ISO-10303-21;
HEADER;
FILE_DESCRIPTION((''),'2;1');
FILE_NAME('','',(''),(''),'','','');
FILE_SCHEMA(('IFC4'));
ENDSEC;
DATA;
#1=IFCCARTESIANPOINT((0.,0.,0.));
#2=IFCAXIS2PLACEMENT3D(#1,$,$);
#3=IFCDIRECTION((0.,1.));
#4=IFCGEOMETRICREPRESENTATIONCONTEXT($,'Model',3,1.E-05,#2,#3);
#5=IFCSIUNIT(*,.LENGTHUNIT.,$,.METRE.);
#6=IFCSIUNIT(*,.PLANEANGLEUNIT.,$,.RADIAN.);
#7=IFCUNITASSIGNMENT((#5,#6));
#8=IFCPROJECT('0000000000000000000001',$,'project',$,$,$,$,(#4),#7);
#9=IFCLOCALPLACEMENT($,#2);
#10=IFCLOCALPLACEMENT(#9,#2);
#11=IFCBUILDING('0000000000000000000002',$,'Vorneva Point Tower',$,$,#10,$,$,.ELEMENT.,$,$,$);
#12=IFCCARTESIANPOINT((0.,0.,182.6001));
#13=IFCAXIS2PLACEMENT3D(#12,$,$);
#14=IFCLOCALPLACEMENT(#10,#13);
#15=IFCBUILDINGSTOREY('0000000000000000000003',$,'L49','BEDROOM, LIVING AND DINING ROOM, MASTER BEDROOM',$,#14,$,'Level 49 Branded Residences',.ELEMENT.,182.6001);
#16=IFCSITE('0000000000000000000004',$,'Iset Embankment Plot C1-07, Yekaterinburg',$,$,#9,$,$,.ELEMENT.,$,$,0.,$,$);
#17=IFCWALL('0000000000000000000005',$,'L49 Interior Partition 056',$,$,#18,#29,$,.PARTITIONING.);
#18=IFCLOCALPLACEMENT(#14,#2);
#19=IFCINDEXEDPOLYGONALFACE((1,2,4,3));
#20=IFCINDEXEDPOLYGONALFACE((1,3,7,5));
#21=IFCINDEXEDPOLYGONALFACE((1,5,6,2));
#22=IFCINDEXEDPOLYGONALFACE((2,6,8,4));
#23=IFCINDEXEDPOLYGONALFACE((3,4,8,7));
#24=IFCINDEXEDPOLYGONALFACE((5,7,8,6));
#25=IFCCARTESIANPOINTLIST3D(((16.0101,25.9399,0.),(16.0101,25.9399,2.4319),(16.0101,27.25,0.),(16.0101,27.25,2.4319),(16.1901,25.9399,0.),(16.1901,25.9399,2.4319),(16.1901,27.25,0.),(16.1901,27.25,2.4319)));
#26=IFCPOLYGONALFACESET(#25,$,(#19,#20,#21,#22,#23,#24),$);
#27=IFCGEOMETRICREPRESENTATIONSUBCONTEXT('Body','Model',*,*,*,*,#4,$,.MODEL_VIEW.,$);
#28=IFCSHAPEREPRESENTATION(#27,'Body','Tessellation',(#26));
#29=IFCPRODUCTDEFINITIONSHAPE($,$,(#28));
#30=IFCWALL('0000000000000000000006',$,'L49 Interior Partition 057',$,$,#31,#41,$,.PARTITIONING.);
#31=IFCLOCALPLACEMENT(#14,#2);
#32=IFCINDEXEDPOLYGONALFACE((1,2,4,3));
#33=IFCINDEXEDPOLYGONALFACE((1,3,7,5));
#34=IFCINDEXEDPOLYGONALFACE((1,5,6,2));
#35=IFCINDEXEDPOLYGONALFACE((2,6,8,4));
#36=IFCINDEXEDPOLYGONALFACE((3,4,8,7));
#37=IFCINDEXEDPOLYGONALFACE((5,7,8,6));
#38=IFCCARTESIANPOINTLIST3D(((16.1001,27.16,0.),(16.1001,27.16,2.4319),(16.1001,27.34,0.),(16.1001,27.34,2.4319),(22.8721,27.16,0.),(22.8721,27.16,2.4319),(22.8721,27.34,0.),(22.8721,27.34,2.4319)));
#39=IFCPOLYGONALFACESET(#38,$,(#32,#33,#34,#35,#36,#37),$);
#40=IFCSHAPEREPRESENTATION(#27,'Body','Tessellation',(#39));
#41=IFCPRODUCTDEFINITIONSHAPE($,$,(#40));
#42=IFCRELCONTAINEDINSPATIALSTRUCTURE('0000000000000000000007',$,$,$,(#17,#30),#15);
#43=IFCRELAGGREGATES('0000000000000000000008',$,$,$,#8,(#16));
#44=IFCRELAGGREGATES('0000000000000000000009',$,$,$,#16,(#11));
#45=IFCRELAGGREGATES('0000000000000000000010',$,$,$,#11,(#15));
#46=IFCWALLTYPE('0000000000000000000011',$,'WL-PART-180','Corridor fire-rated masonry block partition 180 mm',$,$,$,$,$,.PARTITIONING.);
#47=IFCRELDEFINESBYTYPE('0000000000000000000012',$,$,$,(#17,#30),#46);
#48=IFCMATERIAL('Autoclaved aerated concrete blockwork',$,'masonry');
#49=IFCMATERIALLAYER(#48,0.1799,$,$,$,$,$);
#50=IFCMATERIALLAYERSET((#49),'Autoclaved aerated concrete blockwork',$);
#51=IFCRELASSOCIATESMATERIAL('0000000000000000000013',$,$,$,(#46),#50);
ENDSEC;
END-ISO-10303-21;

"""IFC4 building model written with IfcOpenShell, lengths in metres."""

from ifc_helpers import new_model, si_unit, direction, frame, frame_2d, origin, place, context, subcontext, project, spatial, rectangle, extrude, material, layer, layer_set, type_object, element, save


model = new_model("IFC4")

# Units and contexts
model_context = context("Model", 3, precision=1e-05, world=origin(), true_north=direction((0.0, 1.0)))
body_context = subcontext(model_context, "Body", "Model", "MODEL_VIEW")
ifc_project = project(units=[si_unit("LENGTHUNIT", "METRE"), si_unit("PLANEANGLEUNIT", "RADIAN")], contexts=[model_context])

# Site, building, storey
site_placement = place(None, origin())
site = spatial("IfcSite", under=ifc_project, at=site_placement, Name="Iset Embankment Plot C1-07, Yekaterinburg", CompositionType="ELEMENT", RefElevation=0.0)
building_placement = place(site_placement, origin())
building = spatial("IfcBuilding", under=site, at=building_placement, Name="Vorneva Point Tower", CompositionType="ELEMENT")
storey_placement = place(building_placement, frame((0.0, 0.0, 182.6001)))
storey = spatial("IfcBuildingStorey", under=building, at=storey_placement, Name="L49", Description="BEDROOM, LIVING AND DINING ROOM, MASTER BEDROOM", LongName="Level 49 Branded Residences", CompositionType="ELEMENT", Elevation=182.6001)

# Shared definitions
ifc_material_1 = material(Name="Autoclaved aerated concrete blockwork", Category="masonry")
ifc_layer_1 = layer(ifc_material_1, 0.1799)
ifc_layer_set_1 = layer_set([ifc_layer_1], Name="Autoclaved aerated concrete blockwork")
wall_type_1 = type_object("IfcWallType", Name="WL-PART-180", Description="Corridor fire-rated masonry block partition 180 mm", PredefinedType="PARTITIONING", material=ifc_layer_set_1)

# Walls
wall_1_placement = place(storey_placement, frame((16.1001, 27.25, 0.0), z_axis=(0.0, 0.0, 1.0), x_axis=(0.0, -1.0, 0.0)))
element("IfcWall", 1, at=wall_1_placement, inside=storey, type_object=wall_type_1, Name="L49 Interior Partition 056", PredefinedType="PARTITIONING", context=body_context, shape_type="SweptSolid", body=[
    extrude(rectangle(XDim=1.3101, YDim=0.1799, at=frame_2d((0.655, 0.0))), origin(), (0.0, 0.0, 1.0), 2.4319),
])
wall_2_placement = place(storey_placement, frame((22.8721, 27.25, 0.0), z_axis=(0.0, 0.0, 1.0), x_axis=(-1.0, 0.0, 0.0)))
element("IfcWall", 2, at=wall_2_placement, inside=storey, type_object=wall_type_1, Name="L49 Interior Partition 057", PredefinedType="PARTITIONING", context=body_context, shape_type="SweptSolid", body=[
    extrude(rectangle(XDim=6.772, YDim=0.1799, at=frame_2d((3.386, 0.0))), origin(), (0.0, 0.0, 1.0), 2.4319),
])

save(model, "model.ifc")
